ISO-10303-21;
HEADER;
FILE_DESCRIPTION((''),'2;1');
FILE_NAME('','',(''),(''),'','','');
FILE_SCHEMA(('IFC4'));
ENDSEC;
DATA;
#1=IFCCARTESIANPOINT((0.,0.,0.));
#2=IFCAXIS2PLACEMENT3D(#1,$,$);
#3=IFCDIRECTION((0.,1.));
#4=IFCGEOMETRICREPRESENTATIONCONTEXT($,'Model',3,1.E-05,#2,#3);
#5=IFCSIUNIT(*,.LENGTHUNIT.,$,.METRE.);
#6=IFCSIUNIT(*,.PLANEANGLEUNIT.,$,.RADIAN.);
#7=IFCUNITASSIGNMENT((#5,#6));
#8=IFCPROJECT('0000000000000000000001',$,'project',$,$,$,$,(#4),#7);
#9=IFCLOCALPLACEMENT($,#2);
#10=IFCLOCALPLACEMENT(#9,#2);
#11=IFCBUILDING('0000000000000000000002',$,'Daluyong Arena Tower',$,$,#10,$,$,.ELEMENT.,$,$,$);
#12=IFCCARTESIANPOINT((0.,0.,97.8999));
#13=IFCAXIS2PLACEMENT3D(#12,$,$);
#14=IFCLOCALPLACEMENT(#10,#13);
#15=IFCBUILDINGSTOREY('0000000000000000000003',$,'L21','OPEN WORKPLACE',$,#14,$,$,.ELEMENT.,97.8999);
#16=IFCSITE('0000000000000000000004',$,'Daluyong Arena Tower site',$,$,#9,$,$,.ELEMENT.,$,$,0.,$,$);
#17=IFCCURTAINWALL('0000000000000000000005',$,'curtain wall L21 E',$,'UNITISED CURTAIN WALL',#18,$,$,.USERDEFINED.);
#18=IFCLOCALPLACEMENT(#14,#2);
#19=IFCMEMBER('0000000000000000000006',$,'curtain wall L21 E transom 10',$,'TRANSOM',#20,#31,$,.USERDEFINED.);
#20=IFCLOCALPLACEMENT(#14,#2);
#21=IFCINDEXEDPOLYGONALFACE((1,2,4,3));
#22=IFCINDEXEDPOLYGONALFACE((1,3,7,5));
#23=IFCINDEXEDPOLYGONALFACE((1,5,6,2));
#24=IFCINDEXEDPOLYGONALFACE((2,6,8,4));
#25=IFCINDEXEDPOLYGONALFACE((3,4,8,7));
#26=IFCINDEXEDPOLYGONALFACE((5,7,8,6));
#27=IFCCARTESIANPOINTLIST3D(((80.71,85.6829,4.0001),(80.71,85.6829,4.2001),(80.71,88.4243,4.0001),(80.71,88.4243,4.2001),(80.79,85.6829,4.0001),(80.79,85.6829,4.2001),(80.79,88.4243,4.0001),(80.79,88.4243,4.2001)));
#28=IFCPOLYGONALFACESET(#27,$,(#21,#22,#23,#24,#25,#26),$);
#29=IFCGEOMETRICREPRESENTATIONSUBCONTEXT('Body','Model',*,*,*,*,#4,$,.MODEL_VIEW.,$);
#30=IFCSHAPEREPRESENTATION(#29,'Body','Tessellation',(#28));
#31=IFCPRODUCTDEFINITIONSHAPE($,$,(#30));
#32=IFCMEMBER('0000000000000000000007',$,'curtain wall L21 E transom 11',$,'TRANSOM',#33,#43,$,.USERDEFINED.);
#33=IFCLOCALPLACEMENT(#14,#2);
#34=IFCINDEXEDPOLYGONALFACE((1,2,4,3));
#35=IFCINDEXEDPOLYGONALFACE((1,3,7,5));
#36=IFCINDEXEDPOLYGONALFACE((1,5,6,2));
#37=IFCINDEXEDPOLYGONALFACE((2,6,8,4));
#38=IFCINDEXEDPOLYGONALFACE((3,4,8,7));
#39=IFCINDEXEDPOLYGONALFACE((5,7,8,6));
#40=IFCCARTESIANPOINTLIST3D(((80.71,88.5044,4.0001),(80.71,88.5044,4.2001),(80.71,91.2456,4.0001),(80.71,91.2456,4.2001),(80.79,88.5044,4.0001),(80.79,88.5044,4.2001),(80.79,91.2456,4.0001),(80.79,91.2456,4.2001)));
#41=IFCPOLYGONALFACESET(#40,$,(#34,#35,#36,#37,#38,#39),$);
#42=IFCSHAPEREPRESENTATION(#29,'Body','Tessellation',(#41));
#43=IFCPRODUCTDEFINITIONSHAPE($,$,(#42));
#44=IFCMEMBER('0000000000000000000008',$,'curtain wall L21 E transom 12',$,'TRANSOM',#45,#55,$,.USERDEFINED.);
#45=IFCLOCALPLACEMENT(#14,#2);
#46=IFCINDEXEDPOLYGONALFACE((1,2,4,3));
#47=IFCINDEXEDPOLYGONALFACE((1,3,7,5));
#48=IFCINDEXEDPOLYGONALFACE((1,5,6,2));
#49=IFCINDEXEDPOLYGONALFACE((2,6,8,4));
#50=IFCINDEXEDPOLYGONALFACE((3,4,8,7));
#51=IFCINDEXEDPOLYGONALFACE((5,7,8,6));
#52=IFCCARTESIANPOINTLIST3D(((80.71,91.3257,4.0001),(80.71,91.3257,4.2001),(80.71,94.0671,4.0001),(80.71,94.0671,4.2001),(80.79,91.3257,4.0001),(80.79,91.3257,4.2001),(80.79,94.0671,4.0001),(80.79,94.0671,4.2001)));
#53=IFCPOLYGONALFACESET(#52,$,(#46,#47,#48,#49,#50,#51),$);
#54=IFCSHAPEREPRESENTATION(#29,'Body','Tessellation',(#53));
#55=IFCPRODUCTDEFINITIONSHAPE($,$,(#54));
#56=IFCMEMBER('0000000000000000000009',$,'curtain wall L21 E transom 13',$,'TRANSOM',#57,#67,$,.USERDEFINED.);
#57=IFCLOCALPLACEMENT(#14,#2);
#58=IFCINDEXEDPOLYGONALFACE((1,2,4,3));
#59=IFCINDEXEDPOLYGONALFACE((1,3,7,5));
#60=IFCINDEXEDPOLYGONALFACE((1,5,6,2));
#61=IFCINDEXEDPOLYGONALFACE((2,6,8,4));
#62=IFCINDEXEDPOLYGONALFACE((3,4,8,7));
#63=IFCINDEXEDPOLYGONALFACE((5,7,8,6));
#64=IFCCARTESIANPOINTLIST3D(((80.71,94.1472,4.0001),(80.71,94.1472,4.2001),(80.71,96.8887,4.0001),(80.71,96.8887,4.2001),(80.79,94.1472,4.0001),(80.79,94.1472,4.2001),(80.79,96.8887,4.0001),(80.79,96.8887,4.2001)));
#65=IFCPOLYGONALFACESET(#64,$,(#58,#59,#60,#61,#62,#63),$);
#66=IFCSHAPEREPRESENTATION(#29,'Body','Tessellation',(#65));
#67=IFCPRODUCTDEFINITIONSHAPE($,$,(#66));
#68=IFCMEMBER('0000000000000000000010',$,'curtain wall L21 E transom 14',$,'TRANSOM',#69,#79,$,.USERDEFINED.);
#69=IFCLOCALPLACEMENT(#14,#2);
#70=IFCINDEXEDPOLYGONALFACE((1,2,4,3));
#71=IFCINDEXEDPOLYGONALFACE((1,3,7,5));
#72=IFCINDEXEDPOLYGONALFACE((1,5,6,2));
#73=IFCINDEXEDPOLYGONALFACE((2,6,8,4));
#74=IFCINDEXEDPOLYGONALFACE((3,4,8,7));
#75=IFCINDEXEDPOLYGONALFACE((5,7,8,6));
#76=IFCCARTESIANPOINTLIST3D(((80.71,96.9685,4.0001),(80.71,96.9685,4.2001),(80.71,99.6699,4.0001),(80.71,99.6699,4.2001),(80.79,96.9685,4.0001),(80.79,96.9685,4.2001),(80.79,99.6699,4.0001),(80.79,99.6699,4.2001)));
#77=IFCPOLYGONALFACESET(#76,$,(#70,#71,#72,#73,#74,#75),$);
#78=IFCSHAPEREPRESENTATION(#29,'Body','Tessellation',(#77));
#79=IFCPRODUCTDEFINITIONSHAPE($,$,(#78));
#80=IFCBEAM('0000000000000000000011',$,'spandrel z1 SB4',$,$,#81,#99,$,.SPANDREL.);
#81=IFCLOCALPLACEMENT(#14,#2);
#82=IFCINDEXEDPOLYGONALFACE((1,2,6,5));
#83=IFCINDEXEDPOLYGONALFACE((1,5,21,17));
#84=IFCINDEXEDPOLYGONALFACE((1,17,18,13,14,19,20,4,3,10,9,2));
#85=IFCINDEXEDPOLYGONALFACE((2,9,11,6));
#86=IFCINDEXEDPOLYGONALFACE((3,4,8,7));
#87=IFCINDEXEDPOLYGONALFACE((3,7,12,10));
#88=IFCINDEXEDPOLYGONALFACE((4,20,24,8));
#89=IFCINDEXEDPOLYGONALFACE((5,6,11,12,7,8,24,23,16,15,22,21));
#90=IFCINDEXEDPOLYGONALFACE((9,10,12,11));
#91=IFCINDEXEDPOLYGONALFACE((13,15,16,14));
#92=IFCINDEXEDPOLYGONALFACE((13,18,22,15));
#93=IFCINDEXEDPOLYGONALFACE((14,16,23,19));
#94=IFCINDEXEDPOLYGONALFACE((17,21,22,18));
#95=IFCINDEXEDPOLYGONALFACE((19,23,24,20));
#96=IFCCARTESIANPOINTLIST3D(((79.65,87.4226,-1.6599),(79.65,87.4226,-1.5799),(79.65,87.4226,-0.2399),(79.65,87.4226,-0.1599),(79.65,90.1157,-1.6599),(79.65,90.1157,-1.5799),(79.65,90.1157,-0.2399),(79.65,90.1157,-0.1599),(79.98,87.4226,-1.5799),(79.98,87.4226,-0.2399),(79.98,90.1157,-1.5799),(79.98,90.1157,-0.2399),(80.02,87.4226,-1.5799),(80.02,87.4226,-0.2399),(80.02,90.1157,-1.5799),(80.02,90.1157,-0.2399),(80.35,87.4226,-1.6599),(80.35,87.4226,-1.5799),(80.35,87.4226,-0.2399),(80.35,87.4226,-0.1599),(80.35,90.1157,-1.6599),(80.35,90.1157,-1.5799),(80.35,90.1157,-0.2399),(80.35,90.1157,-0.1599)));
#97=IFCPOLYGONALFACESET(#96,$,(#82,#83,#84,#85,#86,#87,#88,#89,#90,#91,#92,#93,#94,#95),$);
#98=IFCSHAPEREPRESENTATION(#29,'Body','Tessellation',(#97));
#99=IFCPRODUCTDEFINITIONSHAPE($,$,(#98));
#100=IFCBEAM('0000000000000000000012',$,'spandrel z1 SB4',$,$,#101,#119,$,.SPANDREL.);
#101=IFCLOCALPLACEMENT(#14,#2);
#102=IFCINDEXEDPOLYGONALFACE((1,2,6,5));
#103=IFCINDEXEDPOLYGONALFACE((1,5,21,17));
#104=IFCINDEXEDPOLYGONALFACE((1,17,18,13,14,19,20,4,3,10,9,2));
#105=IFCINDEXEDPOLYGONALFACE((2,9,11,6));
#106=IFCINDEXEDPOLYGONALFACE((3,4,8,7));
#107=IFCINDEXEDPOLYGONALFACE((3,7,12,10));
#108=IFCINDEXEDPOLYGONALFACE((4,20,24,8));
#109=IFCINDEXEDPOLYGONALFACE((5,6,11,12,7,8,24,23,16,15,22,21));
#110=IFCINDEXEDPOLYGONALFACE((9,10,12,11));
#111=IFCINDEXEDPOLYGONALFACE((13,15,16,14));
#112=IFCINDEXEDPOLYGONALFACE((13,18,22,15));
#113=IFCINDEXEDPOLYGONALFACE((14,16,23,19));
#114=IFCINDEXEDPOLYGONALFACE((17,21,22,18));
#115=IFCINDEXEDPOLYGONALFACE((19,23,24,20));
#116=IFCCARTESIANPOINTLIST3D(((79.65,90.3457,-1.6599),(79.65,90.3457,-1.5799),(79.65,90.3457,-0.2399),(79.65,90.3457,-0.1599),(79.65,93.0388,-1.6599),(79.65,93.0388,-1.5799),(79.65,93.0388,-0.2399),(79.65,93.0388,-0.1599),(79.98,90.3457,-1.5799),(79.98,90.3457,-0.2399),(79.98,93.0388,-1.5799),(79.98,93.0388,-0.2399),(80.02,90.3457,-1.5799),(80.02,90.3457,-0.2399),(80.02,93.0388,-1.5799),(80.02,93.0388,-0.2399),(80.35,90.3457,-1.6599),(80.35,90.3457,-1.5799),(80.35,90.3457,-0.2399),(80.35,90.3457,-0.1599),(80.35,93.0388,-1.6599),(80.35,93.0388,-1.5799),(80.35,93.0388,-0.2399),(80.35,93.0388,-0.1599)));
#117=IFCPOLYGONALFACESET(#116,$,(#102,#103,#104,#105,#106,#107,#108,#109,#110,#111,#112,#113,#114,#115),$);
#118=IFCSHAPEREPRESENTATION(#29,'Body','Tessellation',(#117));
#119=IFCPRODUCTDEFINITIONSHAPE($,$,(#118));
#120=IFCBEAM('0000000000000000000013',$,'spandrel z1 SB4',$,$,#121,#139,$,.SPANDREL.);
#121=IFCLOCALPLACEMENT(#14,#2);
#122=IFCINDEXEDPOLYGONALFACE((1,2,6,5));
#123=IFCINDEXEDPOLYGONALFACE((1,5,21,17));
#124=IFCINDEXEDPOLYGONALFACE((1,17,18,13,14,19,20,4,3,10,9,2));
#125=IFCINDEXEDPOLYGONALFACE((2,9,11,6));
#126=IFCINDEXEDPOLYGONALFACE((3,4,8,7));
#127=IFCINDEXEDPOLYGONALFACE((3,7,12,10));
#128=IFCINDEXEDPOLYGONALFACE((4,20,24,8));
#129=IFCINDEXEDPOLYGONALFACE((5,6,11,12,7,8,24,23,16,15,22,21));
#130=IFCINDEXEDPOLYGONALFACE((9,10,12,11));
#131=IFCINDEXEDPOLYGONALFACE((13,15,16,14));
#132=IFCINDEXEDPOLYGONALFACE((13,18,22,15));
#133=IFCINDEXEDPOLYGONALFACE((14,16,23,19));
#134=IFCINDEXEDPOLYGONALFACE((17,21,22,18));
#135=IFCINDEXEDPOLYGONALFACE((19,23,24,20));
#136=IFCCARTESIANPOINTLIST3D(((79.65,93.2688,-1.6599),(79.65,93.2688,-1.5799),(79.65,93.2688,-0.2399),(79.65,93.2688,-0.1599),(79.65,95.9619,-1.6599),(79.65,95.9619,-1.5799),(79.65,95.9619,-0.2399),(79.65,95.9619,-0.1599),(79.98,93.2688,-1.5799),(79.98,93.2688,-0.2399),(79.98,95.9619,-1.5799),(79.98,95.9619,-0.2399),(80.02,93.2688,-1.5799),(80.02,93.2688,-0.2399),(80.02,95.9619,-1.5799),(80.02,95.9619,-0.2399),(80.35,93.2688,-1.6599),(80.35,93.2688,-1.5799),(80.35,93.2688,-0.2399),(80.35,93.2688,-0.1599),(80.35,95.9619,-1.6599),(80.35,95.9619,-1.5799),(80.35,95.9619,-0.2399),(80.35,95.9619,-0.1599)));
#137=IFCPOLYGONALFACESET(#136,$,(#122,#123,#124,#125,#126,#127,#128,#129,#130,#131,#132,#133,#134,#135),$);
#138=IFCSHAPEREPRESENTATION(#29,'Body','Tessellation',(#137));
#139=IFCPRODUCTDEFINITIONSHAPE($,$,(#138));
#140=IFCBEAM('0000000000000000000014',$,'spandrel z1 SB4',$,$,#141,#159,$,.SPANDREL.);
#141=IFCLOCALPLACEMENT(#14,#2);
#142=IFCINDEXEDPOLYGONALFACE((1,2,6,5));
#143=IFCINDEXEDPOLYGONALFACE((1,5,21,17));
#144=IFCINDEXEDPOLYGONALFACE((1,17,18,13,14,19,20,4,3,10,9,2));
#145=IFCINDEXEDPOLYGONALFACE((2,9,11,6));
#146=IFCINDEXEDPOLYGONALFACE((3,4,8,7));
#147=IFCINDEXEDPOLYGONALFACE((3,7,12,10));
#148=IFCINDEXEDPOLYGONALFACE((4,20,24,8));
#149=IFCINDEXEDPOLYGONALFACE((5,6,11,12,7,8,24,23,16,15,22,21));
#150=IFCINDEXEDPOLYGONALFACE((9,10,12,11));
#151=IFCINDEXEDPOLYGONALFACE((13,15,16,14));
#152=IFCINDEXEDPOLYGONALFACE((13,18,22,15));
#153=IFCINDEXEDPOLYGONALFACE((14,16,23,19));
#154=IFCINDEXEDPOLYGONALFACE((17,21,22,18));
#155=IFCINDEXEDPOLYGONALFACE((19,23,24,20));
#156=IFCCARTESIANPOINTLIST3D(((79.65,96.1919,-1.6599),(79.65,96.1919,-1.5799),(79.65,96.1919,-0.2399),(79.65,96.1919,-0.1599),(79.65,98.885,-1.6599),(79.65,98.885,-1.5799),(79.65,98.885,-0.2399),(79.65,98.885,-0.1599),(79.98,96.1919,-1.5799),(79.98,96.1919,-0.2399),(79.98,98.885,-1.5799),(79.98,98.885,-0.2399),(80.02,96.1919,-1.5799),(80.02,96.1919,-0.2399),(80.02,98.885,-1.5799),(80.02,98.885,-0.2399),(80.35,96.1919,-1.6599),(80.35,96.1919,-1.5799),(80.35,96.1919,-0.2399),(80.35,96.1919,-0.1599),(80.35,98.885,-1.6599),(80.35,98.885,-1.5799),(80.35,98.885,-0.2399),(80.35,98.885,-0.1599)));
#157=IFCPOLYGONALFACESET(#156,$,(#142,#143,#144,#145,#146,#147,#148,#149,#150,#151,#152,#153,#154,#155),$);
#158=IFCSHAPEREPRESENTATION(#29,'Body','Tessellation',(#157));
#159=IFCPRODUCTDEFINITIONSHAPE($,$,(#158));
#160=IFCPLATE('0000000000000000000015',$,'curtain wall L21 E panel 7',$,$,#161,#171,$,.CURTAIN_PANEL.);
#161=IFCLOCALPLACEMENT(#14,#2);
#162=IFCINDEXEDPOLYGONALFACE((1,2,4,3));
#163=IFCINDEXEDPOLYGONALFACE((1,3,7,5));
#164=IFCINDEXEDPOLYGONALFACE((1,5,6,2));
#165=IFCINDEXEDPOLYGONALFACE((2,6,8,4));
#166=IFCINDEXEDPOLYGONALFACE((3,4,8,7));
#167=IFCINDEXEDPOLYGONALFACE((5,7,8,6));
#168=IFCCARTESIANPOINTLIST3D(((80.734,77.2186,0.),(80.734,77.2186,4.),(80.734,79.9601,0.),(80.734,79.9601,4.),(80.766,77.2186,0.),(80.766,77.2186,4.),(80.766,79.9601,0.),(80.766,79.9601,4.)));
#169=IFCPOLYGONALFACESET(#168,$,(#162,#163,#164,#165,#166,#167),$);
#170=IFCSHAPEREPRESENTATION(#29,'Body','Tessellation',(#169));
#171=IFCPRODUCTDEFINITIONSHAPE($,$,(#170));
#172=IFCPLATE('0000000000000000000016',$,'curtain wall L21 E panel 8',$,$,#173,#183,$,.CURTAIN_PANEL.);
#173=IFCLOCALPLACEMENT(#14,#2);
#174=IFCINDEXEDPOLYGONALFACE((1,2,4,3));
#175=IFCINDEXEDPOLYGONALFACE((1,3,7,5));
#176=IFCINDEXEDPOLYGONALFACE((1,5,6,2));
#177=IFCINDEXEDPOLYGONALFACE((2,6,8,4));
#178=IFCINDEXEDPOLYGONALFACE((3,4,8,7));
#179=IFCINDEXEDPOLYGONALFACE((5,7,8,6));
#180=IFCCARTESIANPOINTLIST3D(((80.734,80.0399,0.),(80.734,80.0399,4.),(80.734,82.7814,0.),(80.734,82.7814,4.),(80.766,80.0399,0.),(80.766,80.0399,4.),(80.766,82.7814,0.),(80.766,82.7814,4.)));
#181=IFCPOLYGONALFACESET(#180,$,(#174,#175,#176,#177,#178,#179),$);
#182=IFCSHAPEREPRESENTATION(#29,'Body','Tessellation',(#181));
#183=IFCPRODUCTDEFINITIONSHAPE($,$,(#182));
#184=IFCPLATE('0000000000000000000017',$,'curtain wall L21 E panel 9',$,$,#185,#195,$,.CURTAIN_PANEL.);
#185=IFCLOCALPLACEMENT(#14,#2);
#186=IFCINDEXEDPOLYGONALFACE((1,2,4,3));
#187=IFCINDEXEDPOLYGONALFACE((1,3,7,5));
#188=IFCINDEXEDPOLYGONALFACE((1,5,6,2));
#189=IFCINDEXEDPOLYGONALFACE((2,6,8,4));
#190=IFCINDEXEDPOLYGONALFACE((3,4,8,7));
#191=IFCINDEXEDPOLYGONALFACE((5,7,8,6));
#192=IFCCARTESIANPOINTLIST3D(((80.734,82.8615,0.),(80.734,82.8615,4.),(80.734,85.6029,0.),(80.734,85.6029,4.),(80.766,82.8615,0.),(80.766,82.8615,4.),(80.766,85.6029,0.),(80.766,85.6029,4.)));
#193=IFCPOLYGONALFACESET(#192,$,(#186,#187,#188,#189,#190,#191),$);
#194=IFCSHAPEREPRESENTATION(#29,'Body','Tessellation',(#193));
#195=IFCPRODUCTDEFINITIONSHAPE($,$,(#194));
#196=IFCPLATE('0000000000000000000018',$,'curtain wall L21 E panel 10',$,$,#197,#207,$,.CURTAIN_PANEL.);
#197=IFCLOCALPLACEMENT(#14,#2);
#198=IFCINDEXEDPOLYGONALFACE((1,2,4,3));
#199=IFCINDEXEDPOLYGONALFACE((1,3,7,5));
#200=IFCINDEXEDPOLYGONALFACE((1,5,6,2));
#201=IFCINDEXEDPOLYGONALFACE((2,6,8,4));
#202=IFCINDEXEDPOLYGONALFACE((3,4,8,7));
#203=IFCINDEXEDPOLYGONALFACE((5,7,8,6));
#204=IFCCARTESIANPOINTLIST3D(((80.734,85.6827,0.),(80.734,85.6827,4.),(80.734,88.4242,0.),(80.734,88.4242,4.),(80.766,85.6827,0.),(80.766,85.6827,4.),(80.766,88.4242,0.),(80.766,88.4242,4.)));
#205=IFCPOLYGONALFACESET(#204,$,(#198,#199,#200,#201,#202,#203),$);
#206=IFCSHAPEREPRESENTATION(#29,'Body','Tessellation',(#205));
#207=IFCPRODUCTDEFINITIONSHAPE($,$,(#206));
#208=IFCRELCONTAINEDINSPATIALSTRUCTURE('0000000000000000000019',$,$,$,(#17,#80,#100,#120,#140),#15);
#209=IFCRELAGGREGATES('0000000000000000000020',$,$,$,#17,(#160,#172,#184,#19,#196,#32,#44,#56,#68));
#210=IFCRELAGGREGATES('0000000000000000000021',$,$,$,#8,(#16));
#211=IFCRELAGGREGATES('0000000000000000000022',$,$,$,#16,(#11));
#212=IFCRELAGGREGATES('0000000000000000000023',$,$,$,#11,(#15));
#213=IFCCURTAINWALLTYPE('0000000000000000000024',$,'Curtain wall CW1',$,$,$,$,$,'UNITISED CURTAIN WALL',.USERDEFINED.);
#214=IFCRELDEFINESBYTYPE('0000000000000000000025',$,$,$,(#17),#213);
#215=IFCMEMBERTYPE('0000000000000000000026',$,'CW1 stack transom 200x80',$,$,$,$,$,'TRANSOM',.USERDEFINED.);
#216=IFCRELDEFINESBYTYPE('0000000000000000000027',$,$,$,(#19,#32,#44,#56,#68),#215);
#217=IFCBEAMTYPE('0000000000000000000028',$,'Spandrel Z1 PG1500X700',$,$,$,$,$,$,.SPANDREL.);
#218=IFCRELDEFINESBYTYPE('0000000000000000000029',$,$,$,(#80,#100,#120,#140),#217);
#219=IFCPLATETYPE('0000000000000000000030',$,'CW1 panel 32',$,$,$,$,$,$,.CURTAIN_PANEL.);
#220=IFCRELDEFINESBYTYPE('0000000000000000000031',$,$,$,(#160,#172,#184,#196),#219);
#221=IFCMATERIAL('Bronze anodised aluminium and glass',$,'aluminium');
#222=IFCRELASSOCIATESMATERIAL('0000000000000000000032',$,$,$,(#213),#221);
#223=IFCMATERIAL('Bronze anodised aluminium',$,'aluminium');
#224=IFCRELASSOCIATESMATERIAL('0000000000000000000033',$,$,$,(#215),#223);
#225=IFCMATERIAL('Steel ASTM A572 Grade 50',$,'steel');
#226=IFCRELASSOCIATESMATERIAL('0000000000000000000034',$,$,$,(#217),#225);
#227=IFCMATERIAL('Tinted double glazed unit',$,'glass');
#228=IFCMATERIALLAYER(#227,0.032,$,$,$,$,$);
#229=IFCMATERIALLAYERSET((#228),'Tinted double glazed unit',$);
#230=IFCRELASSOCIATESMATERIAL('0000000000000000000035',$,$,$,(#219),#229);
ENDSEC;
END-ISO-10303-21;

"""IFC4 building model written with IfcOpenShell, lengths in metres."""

from ifc_helpers import new_model, si_unit, direction, frame, origin, origin_2d, place, context, subcontext, project, spatial, rectangle, i_section, extrude, material, layer, layer_set, material_profile, profile_set, type_object, element, aggregate, save


model = new_model("IFC4")

# Units and contexts
model_context = context("Model", 3, precision=1e-05, world=origin(), true_north=direction((0.0, 1.0)))
body_context = subcontext(model_context, "Body", "Model", "MODEL_VIEW")
ifc_project = project(units=[si_unit("LENGTHUNIT", "METRE"), si_unit("PLANEANGLEUNIT", "RADIAN")], contexts=[model_context])

# Site, building, storey
site_placement = place(None, origin())
site = spatial("IfcSite", under=ifc_project, at=site_placement, Name="Daluyong Arena Tower site", CompositionType="ELEMENT", RefElevation=0.0)
building_placement = place(site_placement, origin())
building = spatial("IfcBuilding", under=site, at=building_placement, Name="Daluyong Arena Tower", CompositionType="ELEMENT")
storey_placement = place(building_placement, frame((0.0, 0.0, 97.8999)))
storey = spatial("IfcBuildingStorey", under=building, at=storey_placement, Name="L21", Description="OPEN WORKPLACE", CompositionType="ELEMENT", Elevation=97.8999)

# Curtain wall, members
ifc_material_1 = material(Name="Bronze anodised aluminium and glass", Category="aluminium")
curtain_wall_type = type_object("IfcCurtainWallType", Name="Curtain wall CW1", ElementType="UNITISED CURTAIN WALL", PredefinedType="USERDEFINED", material=ifc_material_1)
curtain_wall_placement = place(storey_placement, origin())
curtain_wall = element("IfcCurtainWall", 1, at=curtain_wall_placement, inside=storey, type_object=curtain_wall_type, Name="curtain wall L21 E", ObjectType="UNITISED CURTAIN WALL", PredefinedType="USERDEFINED")
ifc_material_2 = material(Name="Bronze anodised aluminium", Category="aluminium")
ifc_material_profile_1 = material_profile(ifc_material_2, rectangle(XDim=0.0801, YDim=0.2, at=origin_2d()))
ifc_profile_set_1 = profile_set([ifc_material_profile_1], Name="Bronze anodised aluminium")
member_type_1 = type_object("IfcMemberType", Name="CW1 stack transom 200x80", ElementType="TRANSOM", PredefinedType="USERDEFINED", material=ifc_profile_set_1)
member_1_placement = place(storey_placement, frame((80.75, 85.6829, 4.1001), z_axis=(0.0, 1.0, 0.0), x_axis=(-1.0, 0.0, 0.0)))
member_1 = element("IfcMember", 2, at=member_1_placement, type_object=member_type_1, Name="curtain wall L21 E transom 10", ObjectType="TRANSOM", PredefinedType="USERDEFINED", context=body_context, shape_type="SweptSolid", body=[
    extrude(rectangle(XDim=0.0801, YDim=0.2, at=origin_2d()), origin(), (0.0, 0.0, 1.0), 2.7415),
])
member_2_placement = place(storey_placement, frame((80.75, 88.5044, 4.1001), z_axis=(0.0, 1.0, 0.0), x_axis=(-1.0, 0.0, 0.0)))
member_2 = element("IfcMember", 3, at=member_2_placement, type_object=member_type_1, Name="curtain wall L21 E transom 11", ObjectType="TRANSOM", PredefinedType="USERDEFINED", context=body_context, shape_type="SweptSolid", body=[
    extrude(rectangle(XDim=0.0801, YDim=0.2, at=origin_2d()), origin(), (0.0, 0.0, 1.0), 2.7412),
])
member_3_placement = place(storey_placement, frame((80.75, 91.3257, 4.1001), z_axis=(0.0, 1.0, 0.0), x_axis=(-1.0, 0.0, 0.0)))
member_3 = element("IfcMember", 4, at=member_3_placement, type_object=member_type_1, Name="curtain wall L21 E transom 12", ObjectType="TRANSOM", PredefinedType="USERDEFINED", context=body_context, shape_type="SweptSolid", body=[
    extrude(rectangle(XDim=0.0801, YDim=0.2, at=origin_2d()), origin(), (0.0, 0.0, 1.0), 2.7415),
])
member_4_placement = place(storey_placement, frame((80.75, 94.1472, 4.1001), z_axis=(0.0, 1.0, 0.0), x_axis=(-1.0, 0.0, 0.0)))
member_4 = element("IfcMember", 5, at=member_4_placement, type_object=member_type_1, Name="curtain wall L21 E transom 13", ObjectType="TRANSOM", PredefinedType="USERDEFINED", context=body_context, shape_type="SweptSolid", body=[
    extrude(rectangle(XDim=0.0801, YDim=0.2, at=origin_2d()), origin(), (0.0, 0.0, 1.0), 2.7415),
])
member_5_placement = place(storey_placement, frame((80.75, 96.9685, 4.1001), z_axis=(0.0, 1.0, 0.0), x_axis=(-1.0, 0.0, 0.0)))
member_5 = element("IfcMember", 6, at=member_5_placement, type_object=member_type_1, Name="curtain wall L21 E transom 14", ObjectType="TRANSOM", PredefinedType="USERDEFINED", context=body_context, shape_type="SweptSolid", body=[
    extrude(rectangle(XDim=0.0801, YDim=0.2, at=origin_2d()), origin(), (0.0, 0.0, 1.0), 2.7014),
])

# Beams
ifc_material_3 = material(Name="Steel ASTM A572 Grade 50", Category="steel")
ifc_material_profile_2 = material_profile(ifc_material_3, i_section(OverallWidth=0.7, OverallDepth=1.5, WebThickness=0.04, FlangeThickness=0.08, at=origin_2d()))
ifc_profile_set_2 = profile_set([ifc_material_profile_2], Name="Steel ASTM A572 Grade 50")
beam_type = type_object("IfcBeamType", Name="Spandrel Z1 PG1500X700", PredefinedType="SPANDREL", material=ifc_profile_set_2)
for number, where, z_axis, x_axis, name in (
    (7, (80.0, 87.4226, -0.9099), (0.0, 1.0, 0.0), (-1.0, 0.0, 0.0), "spandrel z1 SB4"),
    (8, (80.0, 90.3457, -0.9099), (0.0, 1.0, 0.0), (-1.0, 0.0, 0.0), "spandrel z1 SB4"),
    (9, (80.0, 93.2688, -0.9099), (0.0, 1.0, 0.0), (-1.0, 0.0, 0.0), "spandrel z1 SB4"),
    (10, (80.0, 96.1919, -0.9099), (0.0, 1.0, 0.0), (-1.0, 0.0, 0.0), "spandrel z1 SB4"),
):
    element("IfcBeam", number, at=place(storey_placement, frame(where, z_axis=z_axis, x_axis=x_axis)), inside=storey, type_object=beam_type, Name=name, PredefinedType="SPANDREL", context=body_context, shape_type="SweptSolid", body=[
        extrude(i_section(OverallWidth=0.7, OverallDepth=1.5, WebThickness=0.04, FlangeThickness=0.08, at=origin_2d()), origin(), (0.0, 0.0, 1.0), 2.6931),
    ])

# Plates
ifc_material_4 = material(Name="Tinted double glazed unit", Category="glass")
ifc_layer = layer(ifc_material_4, 0.032)
ifc_layer_set = layer_set([ifc_layer], Name="Tinted double glazed unit")
plate_type = type_object("IfcPlateType", Name="CW1 panel 32", PredefinedType="CURTAIN_PANEL", material=ifc_layer_set)
plate_1_placement = place(storey_placement, frame((80.75, 78.5894, 0.0), z_axis=(0.0, 0.0, 1.0), x_axis=(0.0, 1.0, 0.0)))
plate_1 = element("IfcPlate", 11, at=plate_1_placement, type_object=plate_type, Name="curtain wall L21 E panel 7", PredefinedType="CURTAIN_PANEL", context=body_context, shape_type="SweptSolid", body=[
    extrude(rectangle(XDim=2.7415, YDim=0.032, at=origin_2d()), origin(), (0.0, 0.0, 1.0), 4.0),
])
plate_2_placement = place(storey_placement, frame((80.75, 81.4106, 0.0), z_axis=(0.0, 0.0, 1.0), x_axis=(0.0, 1.0, 0.0)))
plate_2 = element("IfcPlate", 12, at=plate_2_placement, type_object=plate_type, Name="curtain wall L21 E panel 8", PredefinedType="CURTAIN_PANEL", context=body_context, shape_type="SweptSolid", body=[
    extrude(rectangle(XDim=2.7415, YDim=0.032, at=origin_2d()), origin(), (0.0, 0.0, 1.0), 4.0),
])
plate_3_placement = place(storey_placement, frame((80.75, 84.2322, 0.0), z_axis=(0.0, 0.0, 1.0), x_axis=(0.0, 1.0, 0.0)))
plate_3 = element("IfcPlate", 13, at=plate_3_placement, type_object=plate_type, Name="curtain wall L21 E panel 9", PredefinedType="CURTAIN_PANEL", context=body_context, shape_type="SweptSolid", body=[
    extrude(rectangle(XDim=2.7415, YDim=0.032, at=origin_2d()), origin(), (0.0, 0.0, 1.0), 4.0),
])
plate_4_placement = place(storey_placement, frame((80.75, 87.0535, 0.0), z_axis=(0.0, 0.0, 1.0), x_axis=(0.0, 1.0, 0.0)))
plate_4 = element("IfcPlate", 14, at=plate_4_placement, type_object=plate_type, Name="curtain wall L21 E panel 10", PredefinedType="CURTAIN_PANEL", context=body_context, shape_type="SweptSolid", body=[
    extrude(rectangle(XDim=2.7415, YDim=0.032, at=origin_2d()), origin(), (0.0, 0.0, 1.0), 4.0),
])
aggregate(curtain_wall, [plate_1, plate_2, plate_3, member_1, plate_4, member_2, member_3, member_4, member_5])

save(model, "model.ifc")
